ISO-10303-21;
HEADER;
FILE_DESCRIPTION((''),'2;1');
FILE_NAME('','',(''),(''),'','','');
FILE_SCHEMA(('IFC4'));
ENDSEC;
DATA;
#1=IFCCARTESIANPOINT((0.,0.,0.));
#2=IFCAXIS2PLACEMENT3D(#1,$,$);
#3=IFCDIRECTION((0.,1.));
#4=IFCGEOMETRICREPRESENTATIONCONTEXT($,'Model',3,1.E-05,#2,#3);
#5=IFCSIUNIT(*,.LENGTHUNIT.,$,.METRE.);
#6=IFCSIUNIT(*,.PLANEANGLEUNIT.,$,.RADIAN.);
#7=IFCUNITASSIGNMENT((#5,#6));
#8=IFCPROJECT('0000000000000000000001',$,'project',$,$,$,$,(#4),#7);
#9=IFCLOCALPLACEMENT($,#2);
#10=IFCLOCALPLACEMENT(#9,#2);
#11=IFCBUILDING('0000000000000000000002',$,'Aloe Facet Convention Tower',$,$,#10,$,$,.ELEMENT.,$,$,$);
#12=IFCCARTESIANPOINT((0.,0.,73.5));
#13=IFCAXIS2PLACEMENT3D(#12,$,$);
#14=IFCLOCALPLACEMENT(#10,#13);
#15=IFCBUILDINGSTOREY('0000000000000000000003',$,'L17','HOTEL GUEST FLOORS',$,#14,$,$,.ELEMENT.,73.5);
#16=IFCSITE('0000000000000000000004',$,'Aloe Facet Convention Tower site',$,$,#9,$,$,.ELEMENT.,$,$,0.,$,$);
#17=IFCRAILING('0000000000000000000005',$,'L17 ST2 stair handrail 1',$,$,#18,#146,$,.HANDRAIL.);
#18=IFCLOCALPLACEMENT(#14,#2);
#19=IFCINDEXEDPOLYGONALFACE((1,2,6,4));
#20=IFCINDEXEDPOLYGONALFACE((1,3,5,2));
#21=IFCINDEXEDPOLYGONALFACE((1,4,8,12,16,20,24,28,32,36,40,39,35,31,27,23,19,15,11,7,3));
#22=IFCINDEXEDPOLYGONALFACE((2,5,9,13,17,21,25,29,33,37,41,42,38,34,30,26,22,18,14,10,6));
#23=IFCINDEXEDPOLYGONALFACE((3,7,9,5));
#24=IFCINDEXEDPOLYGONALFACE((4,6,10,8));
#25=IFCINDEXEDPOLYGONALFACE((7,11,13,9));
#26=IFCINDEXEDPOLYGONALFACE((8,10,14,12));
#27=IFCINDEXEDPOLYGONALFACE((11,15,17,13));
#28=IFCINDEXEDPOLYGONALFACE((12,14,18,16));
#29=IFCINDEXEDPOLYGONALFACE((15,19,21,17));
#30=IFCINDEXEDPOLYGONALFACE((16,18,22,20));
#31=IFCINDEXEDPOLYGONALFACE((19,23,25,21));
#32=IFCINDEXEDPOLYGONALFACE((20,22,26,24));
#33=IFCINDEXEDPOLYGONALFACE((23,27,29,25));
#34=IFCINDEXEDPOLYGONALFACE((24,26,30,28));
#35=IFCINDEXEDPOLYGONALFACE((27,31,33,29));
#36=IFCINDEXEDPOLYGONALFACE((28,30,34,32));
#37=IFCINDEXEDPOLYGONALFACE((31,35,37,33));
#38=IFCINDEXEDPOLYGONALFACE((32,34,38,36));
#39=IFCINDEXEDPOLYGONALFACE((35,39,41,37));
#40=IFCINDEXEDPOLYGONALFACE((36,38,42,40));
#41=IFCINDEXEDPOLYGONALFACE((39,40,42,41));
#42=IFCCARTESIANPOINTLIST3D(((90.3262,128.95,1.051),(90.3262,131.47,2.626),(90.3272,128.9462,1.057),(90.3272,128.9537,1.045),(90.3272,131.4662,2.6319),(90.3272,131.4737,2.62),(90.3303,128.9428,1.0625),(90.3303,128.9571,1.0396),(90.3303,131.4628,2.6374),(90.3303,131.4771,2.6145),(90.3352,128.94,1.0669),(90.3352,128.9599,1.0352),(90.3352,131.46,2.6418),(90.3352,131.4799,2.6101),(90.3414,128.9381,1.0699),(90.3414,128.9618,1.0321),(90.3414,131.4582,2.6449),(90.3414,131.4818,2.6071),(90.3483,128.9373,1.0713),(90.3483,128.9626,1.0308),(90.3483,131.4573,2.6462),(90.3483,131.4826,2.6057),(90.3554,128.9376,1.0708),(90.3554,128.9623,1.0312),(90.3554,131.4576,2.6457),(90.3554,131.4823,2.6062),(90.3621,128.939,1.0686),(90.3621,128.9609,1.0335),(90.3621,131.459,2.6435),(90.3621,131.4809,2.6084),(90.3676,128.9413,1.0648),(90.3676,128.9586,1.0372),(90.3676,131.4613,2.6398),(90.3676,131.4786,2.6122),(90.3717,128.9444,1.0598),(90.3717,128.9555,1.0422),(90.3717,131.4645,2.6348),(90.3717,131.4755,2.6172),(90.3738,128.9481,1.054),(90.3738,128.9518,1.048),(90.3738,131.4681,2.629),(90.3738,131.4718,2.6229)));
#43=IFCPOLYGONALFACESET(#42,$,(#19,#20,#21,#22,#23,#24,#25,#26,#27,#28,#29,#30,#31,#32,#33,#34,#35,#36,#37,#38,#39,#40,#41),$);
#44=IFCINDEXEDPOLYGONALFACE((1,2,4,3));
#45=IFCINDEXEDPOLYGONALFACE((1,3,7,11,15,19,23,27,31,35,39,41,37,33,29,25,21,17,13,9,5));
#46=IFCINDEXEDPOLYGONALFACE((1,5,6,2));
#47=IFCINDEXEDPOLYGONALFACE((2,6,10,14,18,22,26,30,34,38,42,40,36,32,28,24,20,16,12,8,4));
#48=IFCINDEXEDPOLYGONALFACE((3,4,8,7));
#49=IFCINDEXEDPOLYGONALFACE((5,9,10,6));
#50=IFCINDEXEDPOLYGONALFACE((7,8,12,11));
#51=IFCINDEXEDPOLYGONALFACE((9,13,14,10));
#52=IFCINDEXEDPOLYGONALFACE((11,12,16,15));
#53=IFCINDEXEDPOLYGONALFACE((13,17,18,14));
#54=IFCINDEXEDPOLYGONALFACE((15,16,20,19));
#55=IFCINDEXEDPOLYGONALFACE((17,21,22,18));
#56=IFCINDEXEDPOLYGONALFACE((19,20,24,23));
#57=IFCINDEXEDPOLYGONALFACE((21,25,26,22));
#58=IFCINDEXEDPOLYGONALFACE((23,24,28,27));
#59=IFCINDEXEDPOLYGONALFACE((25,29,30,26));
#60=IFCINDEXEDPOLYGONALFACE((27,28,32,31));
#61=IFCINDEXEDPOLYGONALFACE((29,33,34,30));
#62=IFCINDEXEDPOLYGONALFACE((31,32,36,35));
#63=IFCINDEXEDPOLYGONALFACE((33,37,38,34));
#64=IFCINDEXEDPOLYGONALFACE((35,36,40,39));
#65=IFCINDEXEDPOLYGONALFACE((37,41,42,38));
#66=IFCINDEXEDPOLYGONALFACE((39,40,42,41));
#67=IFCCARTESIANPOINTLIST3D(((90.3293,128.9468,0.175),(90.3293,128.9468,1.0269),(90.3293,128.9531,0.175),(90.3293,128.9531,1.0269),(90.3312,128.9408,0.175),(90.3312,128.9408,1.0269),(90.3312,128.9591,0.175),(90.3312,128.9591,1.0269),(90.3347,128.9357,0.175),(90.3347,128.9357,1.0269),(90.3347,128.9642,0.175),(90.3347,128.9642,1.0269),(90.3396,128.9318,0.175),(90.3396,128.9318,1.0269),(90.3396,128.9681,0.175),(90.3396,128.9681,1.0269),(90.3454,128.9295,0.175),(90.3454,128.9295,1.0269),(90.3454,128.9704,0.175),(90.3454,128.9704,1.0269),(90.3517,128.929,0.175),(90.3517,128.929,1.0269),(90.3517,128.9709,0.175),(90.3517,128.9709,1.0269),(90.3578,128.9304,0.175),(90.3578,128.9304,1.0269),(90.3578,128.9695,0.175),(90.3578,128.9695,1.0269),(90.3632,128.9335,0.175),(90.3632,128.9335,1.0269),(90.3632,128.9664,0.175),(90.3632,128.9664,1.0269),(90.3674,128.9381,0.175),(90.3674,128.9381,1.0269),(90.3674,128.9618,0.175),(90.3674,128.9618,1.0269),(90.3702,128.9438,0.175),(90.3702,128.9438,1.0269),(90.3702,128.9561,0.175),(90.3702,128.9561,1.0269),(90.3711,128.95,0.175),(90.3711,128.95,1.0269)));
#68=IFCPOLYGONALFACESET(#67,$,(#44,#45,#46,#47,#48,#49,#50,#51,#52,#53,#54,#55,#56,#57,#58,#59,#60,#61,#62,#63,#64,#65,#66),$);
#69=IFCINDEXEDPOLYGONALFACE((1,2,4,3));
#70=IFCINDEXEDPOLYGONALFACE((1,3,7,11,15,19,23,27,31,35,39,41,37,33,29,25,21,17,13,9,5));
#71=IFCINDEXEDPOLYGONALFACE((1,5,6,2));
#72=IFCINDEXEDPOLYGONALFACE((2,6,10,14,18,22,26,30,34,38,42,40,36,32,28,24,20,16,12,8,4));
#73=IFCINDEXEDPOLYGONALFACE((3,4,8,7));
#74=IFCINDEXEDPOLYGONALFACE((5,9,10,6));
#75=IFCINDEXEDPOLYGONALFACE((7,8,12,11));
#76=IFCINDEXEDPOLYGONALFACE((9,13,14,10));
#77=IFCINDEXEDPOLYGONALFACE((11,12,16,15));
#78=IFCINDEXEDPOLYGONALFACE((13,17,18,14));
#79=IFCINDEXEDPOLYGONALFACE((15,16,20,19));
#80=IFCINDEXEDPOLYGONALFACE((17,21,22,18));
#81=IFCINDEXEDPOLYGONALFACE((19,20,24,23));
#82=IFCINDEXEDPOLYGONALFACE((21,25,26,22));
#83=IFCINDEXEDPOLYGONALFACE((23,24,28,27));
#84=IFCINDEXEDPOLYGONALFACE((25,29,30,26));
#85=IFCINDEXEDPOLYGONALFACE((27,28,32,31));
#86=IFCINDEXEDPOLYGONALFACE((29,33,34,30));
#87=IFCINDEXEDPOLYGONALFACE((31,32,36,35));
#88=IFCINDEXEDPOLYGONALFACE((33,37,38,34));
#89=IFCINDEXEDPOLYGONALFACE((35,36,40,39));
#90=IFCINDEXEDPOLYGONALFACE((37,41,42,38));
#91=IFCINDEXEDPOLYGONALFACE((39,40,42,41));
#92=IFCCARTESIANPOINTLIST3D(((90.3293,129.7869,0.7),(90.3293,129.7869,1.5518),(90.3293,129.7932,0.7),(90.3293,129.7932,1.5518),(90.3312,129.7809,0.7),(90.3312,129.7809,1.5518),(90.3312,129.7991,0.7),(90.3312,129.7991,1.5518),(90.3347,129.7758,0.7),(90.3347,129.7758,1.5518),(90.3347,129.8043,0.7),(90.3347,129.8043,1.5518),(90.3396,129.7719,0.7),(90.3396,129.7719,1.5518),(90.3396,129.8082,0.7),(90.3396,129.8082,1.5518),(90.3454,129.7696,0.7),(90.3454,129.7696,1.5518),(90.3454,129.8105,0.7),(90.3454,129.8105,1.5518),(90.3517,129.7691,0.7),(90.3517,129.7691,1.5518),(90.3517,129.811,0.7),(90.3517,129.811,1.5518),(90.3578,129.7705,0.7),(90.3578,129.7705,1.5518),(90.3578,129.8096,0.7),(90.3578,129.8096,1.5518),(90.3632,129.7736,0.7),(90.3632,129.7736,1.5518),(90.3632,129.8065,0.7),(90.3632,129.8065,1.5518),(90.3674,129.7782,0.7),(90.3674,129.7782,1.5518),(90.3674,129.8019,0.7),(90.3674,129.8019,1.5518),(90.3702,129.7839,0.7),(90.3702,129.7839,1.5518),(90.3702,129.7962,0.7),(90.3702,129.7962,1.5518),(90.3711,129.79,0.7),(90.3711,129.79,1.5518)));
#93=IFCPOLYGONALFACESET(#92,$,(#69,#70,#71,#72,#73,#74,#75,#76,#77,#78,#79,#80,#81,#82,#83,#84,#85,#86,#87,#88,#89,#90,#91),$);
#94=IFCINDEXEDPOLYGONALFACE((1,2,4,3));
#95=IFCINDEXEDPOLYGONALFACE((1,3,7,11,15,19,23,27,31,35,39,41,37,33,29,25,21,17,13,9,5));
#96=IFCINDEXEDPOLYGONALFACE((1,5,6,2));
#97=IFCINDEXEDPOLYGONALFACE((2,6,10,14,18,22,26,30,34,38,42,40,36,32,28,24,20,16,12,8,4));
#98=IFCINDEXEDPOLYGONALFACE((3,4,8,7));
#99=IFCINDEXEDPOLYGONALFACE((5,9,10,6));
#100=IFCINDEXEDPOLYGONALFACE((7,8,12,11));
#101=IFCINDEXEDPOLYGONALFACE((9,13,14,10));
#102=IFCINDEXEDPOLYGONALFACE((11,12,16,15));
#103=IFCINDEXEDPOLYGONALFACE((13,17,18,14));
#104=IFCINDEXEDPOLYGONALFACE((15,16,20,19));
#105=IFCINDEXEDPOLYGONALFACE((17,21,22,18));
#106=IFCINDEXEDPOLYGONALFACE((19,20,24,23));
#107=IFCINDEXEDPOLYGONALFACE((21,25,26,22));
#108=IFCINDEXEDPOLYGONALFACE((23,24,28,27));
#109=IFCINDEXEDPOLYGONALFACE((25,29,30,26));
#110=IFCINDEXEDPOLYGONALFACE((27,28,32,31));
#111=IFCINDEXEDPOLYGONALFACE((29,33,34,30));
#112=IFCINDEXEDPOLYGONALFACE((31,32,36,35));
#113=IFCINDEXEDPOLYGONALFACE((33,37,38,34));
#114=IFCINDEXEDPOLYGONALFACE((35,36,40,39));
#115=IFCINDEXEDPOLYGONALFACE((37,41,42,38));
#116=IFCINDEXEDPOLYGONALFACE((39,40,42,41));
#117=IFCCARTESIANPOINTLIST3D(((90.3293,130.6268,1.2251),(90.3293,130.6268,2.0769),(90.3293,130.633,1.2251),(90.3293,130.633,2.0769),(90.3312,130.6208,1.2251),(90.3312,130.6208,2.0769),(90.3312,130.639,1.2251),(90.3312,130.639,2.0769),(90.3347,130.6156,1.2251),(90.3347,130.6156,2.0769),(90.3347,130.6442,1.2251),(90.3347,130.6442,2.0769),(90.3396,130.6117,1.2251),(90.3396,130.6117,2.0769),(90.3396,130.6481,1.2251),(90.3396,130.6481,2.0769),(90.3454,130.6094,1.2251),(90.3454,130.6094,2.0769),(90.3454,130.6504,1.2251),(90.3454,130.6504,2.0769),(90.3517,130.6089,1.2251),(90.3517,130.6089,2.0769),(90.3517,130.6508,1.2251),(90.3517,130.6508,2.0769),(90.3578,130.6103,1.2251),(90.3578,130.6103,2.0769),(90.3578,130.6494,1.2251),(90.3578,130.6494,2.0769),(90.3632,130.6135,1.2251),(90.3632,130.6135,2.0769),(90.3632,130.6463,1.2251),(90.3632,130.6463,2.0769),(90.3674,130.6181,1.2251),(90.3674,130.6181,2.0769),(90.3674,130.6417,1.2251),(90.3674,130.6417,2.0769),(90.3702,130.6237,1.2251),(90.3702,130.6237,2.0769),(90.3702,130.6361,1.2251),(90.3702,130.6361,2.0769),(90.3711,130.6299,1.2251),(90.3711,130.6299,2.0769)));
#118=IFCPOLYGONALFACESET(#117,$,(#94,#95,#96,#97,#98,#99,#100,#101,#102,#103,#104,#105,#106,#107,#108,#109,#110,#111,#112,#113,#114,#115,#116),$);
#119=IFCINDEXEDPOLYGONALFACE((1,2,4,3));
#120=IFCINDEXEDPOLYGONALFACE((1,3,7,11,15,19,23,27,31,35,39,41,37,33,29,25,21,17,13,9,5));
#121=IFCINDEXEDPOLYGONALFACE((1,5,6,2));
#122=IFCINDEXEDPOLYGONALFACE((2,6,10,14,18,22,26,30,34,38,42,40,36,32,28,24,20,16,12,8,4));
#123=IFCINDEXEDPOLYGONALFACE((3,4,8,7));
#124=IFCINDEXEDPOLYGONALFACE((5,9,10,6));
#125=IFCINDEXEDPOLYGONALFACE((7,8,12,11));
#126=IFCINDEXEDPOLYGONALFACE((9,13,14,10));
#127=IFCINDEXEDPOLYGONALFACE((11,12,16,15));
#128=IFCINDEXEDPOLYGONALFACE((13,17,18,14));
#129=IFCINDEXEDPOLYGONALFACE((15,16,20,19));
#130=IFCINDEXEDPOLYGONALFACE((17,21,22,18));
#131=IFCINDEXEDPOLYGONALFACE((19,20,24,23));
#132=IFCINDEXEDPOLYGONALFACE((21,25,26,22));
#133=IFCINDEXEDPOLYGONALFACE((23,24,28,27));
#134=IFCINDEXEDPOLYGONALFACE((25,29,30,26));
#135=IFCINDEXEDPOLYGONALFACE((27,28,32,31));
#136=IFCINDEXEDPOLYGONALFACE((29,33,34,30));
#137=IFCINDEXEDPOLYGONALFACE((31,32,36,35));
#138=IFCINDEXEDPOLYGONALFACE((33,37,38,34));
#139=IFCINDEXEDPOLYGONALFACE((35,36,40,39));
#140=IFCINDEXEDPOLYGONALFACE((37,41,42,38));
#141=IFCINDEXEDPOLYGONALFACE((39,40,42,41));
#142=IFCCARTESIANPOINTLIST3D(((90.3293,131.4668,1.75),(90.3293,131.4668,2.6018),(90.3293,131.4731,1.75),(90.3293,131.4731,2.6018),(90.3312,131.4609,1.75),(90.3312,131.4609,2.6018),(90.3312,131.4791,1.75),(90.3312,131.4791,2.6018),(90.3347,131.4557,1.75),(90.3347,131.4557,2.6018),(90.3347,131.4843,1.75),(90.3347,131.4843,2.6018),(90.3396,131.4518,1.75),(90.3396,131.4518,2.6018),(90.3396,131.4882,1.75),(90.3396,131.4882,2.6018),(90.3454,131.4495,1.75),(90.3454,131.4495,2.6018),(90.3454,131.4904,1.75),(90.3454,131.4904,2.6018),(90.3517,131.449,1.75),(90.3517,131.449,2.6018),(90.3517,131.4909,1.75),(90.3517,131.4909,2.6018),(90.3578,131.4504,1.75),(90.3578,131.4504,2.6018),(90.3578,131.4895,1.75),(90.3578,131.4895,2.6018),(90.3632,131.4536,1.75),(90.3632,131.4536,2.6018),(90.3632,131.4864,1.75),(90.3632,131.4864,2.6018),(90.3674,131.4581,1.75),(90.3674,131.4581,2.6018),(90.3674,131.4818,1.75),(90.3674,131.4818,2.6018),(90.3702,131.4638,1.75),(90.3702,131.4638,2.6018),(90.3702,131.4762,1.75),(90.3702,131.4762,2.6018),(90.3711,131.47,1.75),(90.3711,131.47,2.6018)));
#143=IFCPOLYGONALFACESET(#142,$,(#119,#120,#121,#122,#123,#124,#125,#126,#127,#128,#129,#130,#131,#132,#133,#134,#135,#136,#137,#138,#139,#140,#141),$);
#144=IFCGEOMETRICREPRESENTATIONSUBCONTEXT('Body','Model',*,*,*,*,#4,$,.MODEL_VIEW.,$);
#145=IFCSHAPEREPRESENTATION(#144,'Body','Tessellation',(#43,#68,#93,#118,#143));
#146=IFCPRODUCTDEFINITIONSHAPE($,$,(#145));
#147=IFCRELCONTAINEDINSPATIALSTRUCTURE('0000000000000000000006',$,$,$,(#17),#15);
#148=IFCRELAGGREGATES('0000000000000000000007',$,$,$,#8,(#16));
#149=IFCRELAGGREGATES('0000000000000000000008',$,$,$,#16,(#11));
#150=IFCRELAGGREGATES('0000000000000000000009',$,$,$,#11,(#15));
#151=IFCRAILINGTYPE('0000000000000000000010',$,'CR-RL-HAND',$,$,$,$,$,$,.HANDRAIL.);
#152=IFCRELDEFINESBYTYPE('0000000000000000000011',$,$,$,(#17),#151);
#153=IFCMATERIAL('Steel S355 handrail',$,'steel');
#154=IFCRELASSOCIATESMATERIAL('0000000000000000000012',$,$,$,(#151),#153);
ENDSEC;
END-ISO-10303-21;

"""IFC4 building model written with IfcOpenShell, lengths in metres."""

from ifc_helpers import new_model, si_unit, direction, frame, origin, origin_2d, place, context, subcontext, project, spatial, circle, extrude, material, type_object, element, save


model = new_model("IFC4")

# Units and contexts
model_context = context("Model", 3, precision=1e-05, world=origin(), true_north=direction((0.0, 1.0)))
body_context = subcontext(model_context, "Body", "Model", "MODEL_VIEW")
ifc_project = project(units=[si_unit("LENGTHUNIT", "METRE"), si_unit("PLANEANGLEUNIT", "RADIAN")], contexts=[model_context])

# Site, building, storey
site_placement = place(None, origin())
site = spatial("IfcSite", under=ifc_project, at=site_placement, Name="Aloe Facet Convention Tower site", CompositionType="ELEMENT", RefElevation=0.0)
building_placement = place(site_placement, origin())
building = spatial("IfcBuilding", under=site, at=building_placement, Name="Aloe Facet Convention Tower", CompositionType="ELEMENT")
storey_placement = place(building_placement, frame((0.0, 0.0, 73.5)))
storey = spatial("IfcBuildingStorey", under=building, at=storey_placement, Name="L17", Description="HOTEL GUEST FLOORS", CompositionType="ELEMENT", Elevation=73.5)

# Railing
ifc_material_1 = material(Name="Steel S355 handrail", Category="steel")
railing_type = type_object("IfcRailingType", Name="CR-RL-HAND", PredefinedType="HANDRAIL", material=ifc_material_1)
railing_placement = place(storey_placement, frame((90.3501, 128.95, 0.175)))
element("IfcRailing", 1, at=railing_placement, inside=storey, type_object=railing_type, Name="L17 ST2 stair handrail 1", PredefinedType="HANDRAIL", context=body_context, shape_type="SweptSolid", body=[
    extrude(circle(Radius=0.0239, at=origin_2d()), frame((0.0, 0.0, 0.876), z_axis=(0.0, 0.848008, 0.529984), x_axis=(-1.0, 0.0, 0.0)), (0.0, 0.0, 1.0), 2.9717),
    extrude(circle(Radius=0.021, at=origin_2d()), origin(), (0.0, 0.0, 1.0), 0.8518),
    extrude(circle(Radius=0.021, at=origin_2d()), frame((0.0, 0.8401, 0.5249)), (0.0, 0.0, 1.0), 0.8518),
    extrude(circle(Radius=0.021, at=origin_2d()), frame((0.0, 1.6799, 1.05)), (0.0, 0.0, 1.0), 0.8518),
    extrude(circle(Radius=0.021, at=origin_2d()), frame((0.0, 2.52, 1.575)), (0.0, 0.0, 1.0), 0.8518),
])

save(model, "model.ifc")
